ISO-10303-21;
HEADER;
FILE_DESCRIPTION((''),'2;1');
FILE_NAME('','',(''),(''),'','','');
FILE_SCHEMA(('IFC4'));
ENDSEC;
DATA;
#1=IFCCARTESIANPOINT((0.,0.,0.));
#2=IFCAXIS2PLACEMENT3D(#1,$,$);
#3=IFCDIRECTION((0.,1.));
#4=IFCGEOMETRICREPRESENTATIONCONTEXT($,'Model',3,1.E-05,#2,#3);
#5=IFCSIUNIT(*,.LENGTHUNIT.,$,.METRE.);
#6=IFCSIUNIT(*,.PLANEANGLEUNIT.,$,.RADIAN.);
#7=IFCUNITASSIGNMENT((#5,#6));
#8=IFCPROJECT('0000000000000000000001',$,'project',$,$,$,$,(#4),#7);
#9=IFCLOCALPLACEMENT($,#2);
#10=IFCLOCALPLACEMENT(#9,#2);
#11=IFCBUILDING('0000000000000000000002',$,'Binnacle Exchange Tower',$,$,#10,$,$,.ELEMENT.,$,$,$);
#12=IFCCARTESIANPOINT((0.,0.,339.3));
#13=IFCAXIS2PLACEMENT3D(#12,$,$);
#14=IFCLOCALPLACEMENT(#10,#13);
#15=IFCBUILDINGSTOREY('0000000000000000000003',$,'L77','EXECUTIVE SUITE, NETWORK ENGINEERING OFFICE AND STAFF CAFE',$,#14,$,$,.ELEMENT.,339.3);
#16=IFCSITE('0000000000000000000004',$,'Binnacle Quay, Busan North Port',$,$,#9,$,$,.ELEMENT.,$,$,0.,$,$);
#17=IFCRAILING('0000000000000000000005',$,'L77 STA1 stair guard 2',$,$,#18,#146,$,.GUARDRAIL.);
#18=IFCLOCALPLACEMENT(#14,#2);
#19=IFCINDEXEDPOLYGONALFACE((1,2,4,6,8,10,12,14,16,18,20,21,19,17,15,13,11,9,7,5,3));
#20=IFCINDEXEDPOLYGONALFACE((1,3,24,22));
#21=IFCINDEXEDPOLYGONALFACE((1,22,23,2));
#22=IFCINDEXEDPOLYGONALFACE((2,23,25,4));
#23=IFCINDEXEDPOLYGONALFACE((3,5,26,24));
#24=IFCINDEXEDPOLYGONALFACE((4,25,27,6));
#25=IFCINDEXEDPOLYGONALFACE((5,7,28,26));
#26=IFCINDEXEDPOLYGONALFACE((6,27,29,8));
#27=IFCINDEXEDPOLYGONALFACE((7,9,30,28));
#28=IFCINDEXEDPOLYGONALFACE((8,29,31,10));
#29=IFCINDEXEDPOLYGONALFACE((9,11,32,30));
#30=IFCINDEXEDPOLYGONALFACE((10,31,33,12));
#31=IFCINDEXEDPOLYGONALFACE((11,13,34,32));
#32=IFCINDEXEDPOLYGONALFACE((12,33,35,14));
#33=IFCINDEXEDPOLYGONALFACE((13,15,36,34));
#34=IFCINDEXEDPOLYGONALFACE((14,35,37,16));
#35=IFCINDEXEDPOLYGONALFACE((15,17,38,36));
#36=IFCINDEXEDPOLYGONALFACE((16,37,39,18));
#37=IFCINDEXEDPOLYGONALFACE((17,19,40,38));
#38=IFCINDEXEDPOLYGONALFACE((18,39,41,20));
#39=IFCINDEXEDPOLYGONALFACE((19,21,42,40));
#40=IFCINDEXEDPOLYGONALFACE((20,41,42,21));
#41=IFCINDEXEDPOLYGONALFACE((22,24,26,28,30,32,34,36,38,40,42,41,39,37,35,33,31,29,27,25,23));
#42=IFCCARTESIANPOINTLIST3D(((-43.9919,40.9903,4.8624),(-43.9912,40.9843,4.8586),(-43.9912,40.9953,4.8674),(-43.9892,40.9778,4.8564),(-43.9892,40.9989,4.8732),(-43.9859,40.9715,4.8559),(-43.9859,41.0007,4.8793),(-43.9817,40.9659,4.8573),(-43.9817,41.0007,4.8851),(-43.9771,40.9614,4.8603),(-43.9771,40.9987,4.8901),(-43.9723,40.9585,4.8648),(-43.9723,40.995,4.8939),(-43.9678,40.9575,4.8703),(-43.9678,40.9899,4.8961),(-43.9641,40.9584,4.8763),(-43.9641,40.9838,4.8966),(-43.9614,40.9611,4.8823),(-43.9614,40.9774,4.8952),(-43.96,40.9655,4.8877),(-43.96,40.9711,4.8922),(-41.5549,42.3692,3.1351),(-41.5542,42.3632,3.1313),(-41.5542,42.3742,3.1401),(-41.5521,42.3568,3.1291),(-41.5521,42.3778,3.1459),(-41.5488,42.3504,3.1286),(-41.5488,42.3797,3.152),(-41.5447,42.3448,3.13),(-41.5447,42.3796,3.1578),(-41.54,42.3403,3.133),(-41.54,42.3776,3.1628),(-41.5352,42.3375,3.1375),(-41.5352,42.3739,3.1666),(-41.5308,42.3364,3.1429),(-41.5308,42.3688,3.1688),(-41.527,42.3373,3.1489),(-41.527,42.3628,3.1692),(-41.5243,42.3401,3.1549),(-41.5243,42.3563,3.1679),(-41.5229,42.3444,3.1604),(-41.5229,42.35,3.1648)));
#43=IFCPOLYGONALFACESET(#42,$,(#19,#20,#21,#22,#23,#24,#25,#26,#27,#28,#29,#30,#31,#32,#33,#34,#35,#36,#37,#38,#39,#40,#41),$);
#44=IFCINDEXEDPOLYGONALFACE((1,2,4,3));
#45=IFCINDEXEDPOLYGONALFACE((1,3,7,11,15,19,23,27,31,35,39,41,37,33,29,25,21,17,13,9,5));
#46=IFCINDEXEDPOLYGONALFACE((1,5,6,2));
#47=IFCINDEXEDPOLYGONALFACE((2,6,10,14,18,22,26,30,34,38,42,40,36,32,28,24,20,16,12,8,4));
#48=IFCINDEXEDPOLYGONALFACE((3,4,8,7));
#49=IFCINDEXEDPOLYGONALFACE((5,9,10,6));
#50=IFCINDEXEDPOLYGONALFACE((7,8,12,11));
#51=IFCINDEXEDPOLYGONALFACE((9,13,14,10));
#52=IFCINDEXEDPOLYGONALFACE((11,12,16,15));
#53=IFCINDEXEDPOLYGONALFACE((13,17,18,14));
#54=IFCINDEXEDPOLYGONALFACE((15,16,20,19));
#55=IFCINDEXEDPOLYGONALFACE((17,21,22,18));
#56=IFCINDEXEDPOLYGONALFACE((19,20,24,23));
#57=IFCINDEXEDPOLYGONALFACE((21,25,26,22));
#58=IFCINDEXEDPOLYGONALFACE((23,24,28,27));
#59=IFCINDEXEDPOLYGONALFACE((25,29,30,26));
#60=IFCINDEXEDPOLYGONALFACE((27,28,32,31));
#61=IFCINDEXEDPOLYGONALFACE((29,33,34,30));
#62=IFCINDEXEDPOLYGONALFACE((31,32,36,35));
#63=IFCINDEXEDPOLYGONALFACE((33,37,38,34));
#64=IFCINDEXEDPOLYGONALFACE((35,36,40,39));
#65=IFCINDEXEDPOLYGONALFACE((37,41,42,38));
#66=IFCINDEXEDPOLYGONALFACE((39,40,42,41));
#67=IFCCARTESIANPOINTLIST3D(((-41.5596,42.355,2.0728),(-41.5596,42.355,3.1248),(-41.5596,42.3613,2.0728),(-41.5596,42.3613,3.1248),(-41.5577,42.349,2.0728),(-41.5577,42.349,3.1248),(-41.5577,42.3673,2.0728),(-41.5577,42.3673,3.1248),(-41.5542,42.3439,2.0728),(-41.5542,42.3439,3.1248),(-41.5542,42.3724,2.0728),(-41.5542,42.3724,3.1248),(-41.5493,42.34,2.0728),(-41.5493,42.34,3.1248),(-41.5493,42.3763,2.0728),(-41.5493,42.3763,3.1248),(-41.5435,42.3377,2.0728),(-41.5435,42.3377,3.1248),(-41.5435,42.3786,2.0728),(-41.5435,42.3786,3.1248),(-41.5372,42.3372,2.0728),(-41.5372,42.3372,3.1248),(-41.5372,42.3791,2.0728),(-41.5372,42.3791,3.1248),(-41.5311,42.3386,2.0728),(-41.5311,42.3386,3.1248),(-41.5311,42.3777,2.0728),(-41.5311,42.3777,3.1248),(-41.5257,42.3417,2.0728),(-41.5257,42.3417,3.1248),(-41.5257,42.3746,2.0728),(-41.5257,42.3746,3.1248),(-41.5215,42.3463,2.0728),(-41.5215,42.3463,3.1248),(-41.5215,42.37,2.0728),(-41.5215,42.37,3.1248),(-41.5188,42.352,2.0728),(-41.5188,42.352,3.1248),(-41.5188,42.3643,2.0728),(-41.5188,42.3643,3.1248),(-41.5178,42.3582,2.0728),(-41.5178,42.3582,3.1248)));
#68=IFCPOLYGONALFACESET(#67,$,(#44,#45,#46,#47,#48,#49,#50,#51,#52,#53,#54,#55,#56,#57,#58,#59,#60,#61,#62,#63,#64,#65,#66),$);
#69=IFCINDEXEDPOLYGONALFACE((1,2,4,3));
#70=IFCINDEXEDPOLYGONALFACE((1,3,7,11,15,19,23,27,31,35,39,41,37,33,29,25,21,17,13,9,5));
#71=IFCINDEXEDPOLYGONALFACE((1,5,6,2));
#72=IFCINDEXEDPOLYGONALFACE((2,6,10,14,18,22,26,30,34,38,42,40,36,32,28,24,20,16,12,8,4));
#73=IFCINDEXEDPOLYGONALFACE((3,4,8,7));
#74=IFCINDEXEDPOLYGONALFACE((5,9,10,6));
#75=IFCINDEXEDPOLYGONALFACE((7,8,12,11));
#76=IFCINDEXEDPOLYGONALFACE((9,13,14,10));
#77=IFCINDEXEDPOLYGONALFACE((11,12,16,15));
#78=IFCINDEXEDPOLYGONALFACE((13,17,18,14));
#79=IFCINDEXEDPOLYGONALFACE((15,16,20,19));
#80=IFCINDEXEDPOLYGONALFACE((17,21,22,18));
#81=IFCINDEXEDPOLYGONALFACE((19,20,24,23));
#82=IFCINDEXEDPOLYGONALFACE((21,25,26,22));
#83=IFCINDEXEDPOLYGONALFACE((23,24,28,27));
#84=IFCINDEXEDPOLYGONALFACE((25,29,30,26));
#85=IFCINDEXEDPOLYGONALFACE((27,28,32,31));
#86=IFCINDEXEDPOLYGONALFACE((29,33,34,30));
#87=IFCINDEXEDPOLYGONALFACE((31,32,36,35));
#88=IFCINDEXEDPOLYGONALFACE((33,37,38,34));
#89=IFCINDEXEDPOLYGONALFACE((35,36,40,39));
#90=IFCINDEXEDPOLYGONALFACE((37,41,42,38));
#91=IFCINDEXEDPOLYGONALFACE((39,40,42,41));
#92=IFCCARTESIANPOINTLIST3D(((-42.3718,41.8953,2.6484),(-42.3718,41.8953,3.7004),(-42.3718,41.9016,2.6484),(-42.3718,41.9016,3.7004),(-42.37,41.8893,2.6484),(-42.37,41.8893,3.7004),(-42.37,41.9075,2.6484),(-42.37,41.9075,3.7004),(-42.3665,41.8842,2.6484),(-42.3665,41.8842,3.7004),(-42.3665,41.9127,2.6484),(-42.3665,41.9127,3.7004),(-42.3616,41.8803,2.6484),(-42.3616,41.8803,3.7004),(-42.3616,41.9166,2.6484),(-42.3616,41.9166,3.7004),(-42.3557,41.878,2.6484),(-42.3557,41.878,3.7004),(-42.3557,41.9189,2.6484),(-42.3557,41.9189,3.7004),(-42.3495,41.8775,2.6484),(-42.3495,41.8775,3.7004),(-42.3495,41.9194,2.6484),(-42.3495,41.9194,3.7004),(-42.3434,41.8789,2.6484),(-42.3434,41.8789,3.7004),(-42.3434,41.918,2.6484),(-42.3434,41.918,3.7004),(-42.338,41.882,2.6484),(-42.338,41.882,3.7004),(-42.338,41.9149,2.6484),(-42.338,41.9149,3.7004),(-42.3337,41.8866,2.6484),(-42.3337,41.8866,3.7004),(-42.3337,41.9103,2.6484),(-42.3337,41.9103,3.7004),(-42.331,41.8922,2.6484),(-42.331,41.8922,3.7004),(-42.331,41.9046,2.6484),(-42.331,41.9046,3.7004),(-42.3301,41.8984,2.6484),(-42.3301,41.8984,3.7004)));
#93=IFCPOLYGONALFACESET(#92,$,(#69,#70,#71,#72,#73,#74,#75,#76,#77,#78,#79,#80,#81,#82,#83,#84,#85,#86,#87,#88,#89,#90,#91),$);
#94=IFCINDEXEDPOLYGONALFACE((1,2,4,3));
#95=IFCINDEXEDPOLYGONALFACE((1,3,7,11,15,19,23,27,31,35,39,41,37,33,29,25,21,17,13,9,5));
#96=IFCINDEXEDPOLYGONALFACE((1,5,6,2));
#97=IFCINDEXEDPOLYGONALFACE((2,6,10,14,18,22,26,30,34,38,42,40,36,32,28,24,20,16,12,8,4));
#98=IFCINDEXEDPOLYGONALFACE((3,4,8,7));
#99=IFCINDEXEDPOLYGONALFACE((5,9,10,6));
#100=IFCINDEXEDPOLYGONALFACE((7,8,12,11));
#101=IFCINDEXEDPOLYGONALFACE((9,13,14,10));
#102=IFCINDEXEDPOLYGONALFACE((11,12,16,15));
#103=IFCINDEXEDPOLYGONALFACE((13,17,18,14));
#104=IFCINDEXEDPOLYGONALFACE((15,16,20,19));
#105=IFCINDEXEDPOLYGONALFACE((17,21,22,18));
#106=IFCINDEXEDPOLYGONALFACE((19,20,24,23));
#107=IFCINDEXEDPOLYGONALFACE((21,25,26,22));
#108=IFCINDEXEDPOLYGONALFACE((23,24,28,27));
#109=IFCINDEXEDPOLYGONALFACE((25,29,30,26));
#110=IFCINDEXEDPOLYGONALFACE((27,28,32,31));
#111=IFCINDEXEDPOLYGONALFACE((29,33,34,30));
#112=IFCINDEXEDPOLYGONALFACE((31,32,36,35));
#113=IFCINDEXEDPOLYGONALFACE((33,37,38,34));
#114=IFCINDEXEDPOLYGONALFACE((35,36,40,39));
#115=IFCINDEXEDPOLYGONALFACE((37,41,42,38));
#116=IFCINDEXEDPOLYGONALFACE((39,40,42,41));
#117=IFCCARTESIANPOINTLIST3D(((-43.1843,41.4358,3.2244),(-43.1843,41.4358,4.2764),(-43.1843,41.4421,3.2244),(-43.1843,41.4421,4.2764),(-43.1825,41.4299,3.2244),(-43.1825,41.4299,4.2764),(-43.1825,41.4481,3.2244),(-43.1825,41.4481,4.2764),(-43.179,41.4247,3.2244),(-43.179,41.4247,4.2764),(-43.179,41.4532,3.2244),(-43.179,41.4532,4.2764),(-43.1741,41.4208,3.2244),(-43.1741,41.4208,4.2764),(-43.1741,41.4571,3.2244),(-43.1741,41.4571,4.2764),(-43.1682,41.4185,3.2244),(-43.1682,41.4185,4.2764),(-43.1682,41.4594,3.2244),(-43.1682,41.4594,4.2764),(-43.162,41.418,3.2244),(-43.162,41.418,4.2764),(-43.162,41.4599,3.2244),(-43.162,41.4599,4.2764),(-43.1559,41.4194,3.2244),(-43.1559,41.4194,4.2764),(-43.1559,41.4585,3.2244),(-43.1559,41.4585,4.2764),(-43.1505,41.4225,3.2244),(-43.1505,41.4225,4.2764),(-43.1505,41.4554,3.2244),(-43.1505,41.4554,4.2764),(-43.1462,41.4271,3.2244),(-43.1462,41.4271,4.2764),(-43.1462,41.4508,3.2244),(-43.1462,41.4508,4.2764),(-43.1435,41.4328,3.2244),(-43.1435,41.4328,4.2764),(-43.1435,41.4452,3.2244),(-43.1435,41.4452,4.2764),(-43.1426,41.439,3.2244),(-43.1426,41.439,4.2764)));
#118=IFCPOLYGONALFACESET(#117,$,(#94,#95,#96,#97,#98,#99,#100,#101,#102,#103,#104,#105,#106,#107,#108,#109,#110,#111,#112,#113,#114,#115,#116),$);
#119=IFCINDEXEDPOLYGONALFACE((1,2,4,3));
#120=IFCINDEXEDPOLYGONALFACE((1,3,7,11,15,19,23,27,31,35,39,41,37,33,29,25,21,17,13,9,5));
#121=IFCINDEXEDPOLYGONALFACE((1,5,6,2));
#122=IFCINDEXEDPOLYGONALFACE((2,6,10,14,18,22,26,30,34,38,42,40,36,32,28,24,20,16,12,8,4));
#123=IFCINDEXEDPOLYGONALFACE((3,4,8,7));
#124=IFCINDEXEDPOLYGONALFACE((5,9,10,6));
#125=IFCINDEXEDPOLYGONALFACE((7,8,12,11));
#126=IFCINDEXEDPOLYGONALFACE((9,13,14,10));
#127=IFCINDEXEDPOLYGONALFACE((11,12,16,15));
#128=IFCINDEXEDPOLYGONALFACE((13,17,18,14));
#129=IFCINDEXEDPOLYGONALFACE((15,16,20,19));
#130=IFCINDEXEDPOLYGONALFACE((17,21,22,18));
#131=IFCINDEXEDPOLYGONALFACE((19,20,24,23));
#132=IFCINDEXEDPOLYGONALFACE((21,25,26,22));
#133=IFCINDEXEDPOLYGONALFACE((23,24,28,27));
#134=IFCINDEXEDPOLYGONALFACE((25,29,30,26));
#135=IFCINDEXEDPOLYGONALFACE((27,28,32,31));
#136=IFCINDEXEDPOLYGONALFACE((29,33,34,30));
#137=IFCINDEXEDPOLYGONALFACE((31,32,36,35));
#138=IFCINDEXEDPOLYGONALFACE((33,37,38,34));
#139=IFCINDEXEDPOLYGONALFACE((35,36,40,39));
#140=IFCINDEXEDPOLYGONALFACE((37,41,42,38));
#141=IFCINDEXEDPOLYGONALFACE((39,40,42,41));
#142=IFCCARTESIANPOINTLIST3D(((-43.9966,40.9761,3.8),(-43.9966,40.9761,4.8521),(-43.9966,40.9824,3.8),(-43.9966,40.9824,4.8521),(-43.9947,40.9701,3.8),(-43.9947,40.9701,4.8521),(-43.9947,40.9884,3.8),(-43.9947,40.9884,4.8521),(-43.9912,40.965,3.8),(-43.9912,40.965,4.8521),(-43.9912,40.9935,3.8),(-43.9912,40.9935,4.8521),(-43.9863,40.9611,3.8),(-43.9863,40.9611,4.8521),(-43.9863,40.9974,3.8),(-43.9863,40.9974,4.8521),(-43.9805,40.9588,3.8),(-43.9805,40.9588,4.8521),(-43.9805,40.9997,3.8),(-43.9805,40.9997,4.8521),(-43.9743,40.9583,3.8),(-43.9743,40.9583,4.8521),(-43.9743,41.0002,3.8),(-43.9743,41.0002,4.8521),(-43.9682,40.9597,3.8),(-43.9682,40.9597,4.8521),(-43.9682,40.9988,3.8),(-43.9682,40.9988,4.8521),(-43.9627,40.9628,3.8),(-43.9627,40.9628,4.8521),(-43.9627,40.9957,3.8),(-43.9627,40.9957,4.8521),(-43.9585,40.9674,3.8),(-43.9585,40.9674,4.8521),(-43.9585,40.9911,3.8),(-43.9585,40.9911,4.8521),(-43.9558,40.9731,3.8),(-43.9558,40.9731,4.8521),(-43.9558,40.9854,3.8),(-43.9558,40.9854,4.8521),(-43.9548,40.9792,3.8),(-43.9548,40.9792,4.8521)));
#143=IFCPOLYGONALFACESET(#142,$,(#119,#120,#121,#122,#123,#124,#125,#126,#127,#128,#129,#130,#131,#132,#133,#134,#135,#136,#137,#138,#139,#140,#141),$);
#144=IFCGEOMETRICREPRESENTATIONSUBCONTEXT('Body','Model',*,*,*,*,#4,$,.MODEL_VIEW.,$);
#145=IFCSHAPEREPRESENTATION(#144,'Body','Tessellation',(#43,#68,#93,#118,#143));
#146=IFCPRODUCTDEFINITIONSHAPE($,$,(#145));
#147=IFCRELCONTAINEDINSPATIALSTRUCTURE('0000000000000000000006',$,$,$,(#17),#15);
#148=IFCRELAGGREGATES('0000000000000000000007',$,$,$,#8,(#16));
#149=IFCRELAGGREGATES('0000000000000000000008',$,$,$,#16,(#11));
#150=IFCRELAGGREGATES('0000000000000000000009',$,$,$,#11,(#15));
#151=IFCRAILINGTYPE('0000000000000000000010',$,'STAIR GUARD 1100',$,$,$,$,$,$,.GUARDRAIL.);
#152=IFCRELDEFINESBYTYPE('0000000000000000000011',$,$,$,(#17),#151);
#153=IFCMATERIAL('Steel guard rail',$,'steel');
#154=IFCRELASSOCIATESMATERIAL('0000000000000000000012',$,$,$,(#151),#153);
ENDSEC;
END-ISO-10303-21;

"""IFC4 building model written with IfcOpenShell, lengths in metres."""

from ifc_helpers import new_model, si_unit, direction, frame, origin, origin_2d, place, context, subcontext, project, spatial, circle, extrude, material, type_object, element, save


model = new_model("IFC4")

# Units and contexts
model_context = context("Model", 3, precision=1e-05, world=origin(), true_north=direction((0.0, 1.0)))
body_context = subcontext(model_context, "Body", "Model", "MODEL_VIEW")
ifc_project = project(units=[si_unit("LENGTHUNIT", "METRE"), si_unit("PLANEANGLEUNIT", "RADIAN")], contexts=[model_context])

# Site, building, storey
site_placement = place(None, origin())
site = spatial("IfcSite", under=ifc_project, at=site_placement, Name="Binnacle Quay, Busan North Port", CompositionType="ELEMENT", RefElevation=0.0)
building_placement = place(site_placement, origin())
building = spatial("IfcBuilding", under=site, at=building_placement, Name="Binnacle Exchange Tower", CompositionType="ELEMENT")
storey_placement = place(building_placement, frame((0.0, 0.0, 339.3)))
storey = spatial("IfcBuildingStorey", under=building, at=storey_placement, Name="L77", Description="EXECUTIVE SUITE, NETWORK ENGINEERING OFFICE AND STAFF CAFE", CompositionType="ELEMENT", Elevation=339.3)

# Railing
ifc_material_1 = material(Name="Steel guard rail", Category="steel")
railing_type_1 = type_object("IfcRailingType", Name="STAIR GUARD 1100", PredefinedType="GUARDRAIL", material=ifc_material_1)
railing_1_placement = place(storey_placement, frame((-41.5388, 42.3582, 2.0728)))
element("IfcRailing", 1, at=railing_1_placement, inside=storey, type_object=railing_type_1, Name="L77 STA1 stair guard 2", PredefinedType="GUARDRAIL", context=body_context, shape_type="SweptSolid", body=[
    extrude(circle(Radius=0.0239, at=origin_2d()), frame((0.0, 0.0, 1.0762), z_axis=(-0.740738, -0.419123, 0.525017), x_axis=(0.492454, -0.870339, 0.0)), (0.0, 0.0, 1.0), 3.29),
    extrude(circle(Radius=0.021, at=origin_2d()), origin(), (0.0, 0.0, 1.0), 1.052),
    extrude(circle(Radius=0.021, at=origin_2d()), frame((-0.8123, -0.4597, 0.5757)), (0.0, 0.0, 1.0), 1.052),
    extrude(circle(Radius=0.021, at=origin_2d()), frame((-1.6248, -0.9192, 1.1516)), (0.0, 0.0, 1.0), 1.052),
    extrude(circle(Radius=0.021, at=origin_2d()), frame((-2.437, -1.3789, 1.7273)), (0.0, 0.0, 1.0), 1.052),
])

save(model, "model.ifc")
